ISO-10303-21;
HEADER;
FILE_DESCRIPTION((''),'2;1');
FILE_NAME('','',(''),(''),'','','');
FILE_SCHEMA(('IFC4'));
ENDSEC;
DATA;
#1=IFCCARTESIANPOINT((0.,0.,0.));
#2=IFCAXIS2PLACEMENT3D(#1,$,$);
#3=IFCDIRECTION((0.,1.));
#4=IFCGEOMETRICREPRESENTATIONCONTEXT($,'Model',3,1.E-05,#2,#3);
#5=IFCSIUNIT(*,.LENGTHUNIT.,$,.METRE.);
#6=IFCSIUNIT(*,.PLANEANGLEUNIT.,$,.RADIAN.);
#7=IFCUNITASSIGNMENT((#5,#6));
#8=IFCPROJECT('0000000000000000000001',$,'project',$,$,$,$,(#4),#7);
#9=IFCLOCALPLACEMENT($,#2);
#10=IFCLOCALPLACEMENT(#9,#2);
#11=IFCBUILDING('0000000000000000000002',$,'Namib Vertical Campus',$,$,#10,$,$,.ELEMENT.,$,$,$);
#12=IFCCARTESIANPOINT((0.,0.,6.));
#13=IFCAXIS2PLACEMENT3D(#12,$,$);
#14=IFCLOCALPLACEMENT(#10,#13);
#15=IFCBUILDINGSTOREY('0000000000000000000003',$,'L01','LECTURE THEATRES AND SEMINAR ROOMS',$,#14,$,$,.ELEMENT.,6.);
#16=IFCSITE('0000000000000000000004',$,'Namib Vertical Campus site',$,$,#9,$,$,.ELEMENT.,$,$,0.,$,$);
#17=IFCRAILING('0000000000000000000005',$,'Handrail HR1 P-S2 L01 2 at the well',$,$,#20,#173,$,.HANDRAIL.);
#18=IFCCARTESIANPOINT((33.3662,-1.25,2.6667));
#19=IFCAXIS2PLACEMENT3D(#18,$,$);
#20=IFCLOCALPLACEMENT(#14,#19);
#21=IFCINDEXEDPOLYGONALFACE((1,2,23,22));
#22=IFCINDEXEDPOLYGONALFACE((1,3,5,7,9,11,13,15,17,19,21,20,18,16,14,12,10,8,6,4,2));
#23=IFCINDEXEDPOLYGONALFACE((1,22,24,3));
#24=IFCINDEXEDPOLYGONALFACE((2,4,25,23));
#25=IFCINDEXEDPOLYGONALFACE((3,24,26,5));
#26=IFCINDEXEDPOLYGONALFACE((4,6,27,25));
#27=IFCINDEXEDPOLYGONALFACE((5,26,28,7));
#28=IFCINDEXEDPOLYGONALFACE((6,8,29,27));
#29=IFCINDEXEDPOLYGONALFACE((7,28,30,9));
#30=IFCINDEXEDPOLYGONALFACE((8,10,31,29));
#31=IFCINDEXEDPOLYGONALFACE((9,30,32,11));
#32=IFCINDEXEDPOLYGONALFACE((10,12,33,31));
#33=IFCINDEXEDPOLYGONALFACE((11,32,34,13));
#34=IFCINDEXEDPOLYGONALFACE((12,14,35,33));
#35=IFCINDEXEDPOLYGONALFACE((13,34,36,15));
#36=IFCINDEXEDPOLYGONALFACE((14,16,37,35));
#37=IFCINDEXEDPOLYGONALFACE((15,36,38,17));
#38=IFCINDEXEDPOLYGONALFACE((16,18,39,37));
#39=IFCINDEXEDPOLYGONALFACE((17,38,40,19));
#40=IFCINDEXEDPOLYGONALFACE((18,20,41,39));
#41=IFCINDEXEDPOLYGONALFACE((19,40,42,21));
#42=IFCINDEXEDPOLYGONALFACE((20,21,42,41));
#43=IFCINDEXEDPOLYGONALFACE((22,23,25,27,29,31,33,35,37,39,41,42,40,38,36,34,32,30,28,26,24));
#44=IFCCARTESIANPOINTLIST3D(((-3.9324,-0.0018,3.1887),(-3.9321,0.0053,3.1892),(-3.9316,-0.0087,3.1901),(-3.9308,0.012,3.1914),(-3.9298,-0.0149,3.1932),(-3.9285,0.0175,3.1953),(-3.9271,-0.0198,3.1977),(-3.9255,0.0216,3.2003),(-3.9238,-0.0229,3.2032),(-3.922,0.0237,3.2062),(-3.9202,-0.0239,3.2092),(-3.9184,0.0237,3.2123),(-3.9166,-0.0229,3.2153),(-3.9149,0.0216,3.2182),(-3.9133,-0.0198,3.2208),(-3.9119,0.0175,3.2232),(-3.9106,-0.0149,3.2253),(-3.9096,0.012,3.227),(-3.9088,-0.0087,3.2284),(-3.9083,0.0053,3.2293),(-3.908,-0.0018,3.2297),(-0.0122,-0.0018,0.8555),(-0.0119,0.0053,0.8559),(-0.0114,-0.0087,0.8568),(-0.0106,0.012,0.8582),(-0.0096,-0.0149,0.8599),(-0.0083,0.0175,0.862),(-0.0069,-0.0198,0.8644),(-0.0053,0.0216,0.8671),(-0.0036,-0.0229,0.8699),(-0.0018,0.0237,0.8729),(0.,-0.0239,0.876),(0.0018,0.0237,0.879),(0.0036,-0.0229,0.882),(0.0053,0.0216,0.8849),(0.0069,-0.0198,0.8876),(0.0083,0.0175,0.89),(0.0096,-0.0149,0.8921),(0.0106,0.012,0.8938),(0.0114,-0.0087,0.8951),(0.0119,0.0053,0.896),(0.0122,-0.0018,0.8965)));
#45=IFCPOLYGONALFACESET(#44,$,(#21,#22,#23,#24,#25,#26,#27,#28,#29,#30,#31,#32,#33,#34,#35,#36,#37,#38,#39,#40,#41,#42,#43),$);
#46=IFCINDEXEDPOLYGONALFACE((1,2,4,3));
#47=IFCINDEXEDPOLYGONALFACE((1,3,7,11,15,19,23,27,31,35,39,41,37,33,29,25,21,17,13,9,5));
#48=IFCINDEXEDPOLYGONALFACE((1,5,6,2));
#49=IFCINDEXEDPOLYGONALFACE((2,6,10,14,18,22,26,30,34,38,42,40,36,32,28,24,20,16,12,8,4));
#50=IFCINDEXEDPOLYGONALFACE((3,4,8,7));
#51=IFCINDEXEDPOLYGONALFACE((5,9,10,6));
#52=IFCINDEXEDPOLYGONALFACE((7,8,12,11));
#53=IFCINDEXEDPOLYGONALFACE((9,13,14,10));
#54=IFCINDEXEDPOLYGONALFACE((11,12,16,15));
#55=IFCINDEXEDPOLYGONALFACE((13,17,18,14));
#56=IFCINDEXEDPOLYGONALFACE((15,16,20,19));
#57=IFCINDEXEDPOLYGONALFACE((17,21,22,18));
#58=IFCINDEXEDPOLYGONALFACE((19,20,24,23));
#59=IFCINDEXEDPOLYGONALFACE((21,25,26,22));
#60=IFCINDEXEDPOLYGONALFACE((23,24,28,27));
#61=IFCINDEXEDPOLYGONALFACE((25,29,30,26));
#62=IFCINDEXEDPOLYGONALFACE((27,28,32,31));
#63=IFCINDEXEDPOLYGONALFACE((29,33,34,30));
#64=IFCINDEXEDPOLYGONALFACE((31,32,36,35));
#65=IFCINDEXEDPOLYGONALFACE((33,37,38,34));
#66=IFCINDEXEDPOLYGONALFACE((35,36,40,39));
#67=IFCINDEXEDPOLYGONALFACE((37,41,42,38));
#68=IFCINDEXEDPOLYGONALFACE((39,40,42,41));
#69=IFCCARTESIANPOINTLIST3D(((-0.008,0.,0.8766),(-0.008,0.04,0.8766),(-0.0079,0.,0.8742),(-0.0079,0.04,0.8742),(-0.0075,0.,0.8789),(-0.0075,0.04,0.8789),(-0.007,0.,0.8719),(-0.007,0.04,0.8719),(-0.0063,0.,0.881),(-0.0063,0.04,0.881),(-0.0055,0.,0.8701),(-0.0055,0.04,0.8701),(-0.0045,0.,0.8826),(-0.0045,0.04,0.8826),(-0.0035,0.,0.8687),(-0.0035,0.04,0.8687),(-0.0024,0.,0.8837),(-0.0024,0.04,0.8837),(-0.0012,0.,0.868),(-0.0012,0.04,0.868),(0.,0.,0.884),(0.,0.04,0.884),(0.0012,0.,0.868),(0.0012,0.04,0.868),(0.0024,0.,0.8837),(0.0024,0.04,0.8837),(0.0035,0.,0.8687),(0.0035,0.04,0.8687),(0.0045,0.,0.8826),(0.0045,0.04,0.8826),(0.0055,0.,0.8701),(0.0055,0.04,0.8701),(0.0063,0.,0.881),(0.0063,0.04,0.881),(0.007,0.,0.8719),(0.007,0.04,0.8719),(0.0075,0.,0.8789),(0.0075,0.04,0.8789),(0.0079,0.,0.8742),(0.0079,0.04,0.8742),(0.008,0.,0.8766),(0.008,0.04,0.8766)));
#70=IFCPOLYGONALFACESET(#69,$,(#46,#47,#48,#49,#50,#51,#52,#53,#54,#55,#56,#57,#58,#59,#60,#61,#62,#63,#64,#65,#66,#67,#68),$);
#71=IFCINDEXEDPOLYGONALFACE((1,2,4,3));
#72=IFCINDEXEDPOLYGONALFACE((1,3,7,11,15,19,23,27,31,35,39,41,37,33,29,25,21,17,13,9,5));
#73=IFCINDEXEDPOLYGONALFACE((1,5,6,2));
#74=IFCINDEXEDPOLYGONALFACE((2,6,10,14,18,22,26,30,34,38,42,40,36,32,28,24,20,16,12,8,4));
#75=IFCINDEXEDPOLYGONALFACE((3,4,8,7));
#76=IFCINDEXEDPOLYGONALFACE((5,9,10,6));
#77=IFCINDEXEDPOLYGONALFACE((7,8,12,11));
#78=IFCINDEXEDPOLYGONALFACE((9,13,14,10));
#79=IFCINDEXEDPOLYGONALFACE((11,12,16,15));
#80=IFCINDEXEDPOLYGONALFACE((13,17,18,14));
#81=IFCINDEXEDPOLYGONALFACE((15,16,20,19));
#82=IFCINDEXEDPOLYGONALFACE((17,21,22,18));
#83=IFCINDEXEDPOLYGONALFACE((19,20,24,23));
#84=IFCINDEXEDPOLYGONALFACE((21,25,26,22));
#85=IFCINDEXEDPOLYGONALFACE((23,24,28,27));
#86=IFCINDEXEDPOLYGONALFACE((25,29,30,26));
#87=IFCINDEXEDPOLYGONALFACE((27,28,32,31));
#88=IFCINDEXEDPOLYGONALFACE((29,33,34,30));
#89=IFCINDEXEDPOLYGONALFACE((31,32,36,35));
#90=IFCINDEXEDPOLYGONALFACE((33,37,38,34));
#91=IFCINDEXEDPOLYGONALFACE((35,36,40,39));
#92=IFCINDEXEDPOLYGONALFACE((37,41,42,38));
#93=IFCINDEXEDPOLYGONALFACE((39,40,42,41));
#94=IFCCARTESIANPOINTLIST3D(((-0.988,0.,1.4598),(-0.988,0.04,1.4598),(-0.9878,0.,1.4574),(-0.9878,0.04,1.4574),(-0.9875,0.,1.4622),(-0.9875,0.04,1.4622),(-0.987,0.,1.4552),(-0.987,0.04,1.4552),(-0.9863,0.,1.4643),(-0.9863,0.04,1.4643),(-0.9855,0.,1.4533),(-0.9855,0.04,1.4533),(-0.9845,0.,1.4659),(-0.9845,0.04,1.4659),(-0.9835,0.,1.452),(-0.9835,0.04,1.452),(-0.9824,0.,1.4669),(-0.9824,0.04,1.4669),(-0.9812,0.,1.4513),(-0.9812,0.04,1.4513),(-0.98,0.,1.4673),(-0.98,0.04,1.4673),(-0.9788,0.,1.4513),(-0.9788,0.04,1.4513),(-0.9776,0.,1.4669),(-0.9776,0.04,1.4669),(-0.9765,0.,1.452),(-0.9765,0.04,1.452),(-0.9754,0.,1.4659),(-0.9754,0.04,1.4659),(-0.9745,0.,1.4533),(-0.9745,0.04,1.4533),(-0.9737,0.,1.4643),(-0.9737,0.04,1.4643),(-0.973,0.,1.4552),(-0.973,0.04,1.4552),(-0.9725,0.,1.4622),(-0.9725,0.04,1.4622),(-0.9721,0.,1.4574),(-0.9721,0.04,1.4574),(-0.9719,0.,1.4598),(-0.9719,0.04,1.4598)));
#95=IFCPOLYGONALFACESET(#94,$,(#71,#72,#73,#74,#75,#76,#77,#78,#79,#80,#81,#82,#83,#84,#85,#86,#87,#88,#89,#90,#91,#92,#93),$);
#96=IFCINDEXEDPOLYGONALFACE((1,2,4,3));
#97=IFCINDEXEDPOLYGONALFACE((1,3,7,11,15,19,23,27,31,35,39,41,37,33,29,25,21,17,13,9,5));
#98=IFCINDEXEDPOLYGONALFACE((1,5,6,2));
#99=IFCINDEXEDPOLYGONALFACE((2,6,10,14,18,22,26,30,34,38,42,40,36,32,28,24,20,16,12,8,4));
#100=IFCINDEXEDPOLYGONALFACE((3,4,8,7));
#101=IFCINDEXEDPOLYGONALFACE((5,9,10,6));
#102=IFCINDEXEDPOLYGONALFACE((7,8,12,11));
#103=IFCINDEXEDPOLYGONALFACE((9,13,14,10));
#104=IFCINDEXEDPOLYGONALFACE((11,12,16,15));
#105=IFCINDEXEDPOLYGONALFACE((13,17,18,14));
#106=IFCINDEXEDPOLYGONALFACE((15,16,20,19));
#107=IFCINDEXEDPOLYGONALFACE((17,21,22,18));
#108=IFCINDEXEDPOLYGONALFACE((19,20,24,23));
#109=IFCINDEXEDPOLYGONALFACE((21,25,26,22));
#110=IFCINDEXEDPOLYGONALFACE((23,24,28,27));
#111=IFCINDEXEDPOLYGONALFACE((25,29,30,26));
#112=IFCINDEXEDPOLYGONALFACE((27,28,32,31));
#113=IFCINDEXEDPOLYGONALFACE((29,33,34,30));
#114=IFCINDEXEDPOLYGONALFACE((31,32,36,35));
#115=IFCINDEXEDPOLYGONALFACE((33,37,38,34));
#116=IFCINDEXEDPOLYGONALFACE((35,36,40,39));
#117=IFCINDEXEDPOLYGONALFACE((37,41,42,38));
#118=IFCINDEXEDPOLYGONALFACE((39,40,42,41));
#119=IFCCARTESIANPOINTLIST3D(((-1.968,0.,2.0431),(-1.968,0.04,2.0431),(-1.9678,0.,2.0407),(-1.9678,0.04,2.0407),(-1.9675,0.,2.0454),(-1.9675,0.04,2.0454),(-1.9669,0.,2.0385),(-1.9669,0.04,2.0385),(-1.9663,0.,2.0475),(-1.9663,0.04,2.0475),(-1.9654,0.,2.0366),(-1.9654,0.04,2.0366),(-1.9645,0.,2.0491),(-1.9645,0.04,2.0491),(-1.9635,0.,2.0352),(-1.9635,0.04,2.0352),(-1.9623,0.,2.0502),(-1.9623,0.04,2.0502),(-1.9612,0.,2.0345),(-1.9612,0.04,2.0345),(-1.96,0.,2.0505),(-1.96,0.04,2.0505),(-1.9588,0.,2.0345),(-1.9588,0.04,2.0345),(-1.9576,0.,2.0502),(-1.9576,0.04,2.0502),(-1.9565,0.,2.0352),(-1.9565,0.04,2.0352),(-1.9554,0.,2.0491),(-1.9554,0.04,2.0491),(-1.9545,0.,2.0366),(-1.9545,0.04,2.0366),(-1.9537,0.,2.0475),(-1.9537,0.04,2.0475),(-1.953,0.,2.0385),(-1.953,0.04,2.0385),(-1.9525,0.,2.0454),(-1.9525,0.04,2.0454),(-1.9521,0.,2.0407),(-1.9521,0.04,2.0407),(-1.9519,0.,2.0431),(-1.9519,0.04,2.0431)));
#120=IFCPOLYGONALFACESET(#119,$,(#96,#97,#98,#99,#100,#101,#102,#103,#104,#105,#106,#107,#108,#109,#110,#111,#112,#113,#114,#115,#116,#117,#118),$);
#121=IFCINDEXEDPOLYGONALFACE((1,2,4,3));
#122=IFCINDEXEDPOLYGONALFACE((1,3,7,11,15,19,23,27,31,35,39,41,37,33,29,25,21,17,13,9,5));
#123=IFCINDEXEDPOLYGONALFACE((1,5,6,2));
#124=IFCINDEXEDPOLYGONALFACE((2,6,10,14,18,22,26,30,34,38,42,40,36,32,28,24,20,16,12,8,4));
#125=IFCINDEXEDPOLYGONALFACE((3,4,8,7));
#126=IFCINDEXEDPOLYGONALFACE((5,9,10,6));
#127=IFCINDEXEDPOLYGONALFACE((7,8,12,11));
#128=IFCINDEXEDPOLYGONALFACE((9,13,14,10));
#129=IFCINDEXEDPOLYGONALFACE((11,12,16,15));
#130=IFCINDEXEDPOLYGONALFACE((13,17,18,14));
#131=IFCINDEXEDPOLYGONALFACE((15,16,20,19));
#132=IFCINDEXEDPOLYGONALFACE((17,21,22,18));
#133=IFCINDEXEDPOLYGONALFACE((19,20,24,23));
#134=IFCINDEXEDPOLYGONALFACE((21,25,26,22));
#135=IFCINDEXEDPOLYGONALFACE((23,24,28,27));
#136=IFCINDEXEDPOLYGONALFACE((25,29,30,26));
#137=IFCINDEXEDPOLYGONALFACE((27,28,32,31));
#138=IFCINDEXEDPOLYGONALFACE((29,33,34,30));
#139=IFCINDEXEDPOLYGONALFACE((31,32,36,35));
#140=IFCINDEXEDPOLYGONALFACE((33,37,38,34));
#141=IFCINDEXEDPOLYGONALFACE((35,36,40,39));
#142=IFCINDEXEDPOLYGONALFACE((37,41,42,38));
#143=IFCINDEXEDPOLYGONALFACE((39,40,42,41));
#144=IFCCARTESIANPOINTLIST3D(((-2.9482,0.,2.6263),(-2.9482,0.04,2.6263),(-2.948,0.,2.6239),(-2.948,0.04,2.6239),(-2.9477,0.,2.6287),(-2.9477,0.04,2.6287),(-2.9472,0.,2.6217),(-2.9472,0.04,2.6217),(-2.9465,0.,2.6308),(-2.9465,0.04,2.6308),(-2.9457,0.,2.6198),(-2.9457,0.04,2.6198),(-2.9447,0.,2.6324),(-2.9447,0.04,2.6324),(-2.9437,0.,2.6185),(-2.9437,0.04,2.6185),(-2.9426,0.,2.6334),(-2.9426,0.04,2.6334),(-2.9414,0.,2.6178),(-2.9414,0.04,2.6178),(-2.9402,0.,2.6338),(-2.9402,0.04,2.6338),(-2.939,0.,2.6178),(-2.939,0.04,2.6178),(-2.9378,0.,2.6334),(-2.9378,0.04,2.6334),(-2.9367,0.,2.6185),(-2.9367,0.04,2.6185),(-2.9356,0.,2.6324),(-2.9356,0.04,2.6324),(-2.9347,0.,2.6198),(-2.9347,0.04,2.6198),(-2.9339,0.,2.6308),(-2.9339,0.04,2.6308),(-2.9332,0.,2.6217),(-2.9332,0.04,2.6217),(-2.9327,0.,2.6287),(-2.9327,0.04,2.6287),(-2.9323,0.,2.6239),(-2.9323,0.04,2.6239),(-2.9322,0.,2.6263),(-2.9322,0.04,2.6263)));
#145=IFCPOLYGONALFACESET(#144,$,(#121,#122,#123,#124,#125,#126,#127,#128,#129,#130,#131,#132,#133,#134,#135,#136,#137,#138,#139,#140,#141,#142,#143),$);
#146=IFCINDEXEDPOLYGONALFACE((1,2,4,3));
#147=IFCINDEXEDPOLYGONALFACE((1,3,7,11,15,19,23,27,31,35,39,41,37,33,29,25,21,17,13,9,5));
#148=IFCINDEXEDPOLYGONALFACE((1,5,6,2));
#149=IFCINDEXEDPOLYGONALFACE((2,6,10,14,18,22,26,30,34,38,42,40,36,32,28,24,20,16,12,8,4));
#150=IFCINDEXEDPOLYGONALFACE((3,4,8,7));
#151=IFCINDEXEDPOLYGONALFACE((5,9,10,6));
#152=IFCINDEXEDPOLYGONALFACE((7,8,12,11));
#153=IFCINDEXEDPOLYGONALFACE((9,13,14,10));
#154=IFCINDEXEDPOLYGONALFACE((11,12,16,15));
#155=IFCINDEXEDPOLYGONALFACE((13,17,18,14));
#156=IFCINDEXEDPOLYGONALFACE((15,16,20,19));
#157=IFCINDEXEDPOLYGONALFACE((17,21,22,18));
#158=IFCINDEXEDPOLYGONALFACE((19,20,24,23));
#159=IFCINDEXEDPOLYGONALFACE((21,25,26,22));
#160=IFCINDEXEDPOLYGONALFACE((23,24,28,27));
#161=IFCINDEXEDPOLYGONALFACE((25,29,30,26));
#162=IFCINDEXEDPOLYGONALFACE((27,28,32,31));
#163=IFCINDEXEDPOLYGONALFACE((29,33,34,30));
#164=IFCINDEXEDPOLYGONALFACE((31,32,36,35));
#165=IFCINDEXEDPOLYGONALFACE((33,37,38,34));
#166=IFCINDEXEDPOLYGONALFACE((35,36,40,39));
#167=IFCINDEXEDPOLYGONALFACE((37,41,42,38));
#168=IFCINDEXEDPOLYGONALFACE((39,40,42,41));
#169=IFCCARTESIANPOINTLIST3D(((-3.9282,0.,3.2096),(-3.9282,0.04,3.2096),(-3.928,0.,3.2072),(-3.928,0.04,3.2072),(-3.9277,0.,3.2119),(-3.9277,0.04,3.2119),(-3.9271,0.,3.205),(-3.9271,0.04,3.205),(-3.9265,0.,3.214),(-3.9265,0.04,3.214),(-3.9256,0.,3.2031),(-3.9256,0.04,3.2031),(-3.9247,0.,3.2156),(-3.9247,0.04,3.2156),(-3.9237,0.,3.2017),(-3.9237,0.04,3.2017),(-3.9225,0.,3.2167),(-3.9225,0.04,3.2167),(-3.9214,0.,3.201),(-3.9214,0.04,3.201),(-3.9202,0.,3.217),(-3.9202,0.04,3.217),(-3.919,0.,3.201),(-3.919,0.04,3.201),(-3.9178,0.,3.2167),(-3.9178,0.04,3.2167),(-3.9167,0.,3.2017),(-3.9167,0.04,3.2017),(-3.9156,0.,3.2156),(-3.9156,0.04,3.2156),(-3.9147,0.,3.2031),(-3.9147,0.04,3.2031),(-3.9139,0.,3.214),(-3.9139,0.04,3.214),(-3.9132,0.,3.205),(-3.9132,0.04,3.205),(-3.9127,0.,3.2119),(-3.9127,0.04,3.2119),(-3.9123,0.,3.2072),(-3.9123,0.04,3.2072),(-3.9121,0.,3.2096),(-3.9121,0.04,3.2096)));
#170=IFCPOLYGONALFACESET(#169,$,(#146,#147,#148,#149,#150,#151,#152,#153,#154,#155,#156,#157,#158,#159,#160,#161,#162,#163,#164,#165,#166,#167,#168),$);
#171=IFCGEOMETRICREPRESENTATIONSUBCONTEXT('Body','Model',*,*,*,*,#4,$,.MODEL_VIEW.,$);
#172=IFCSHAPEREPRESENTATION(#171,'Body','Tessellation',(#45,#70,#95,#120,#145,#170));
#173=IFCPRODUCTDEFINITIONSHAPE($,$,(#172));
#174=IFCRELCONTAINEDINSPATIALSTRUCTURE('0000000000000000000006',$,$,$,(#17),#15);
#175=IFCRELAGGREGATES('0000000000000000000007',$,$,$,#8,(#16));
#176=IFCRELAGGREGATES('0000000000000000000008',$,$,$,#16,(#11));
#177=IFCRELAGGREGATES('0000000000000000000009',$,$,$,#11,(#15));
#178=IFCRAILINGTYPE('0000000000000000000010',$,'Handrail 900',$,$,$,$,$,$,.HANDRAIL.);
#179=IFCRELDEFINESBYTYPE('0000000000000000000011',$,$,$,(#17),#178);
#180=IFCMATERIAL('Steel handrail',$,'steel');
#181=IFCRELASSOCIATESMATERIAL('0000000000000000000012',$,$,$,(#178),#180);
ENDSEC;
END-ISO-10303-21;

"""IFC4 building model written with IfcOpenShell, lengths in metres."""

from ifc_helpers import new_model, si_unit, direction, frame, origin, origin_2d, place, context, subcontext, project, spatial, circle, extrude, material, type_object, element, save


model = new_model("IFC4")

# Units and contexts
model_context = context("Model", 3, precision=1e-05, world=origin(), true_north=direction((0.0, 1.0)))
body_context = subcontext(model_context, "Body", "Model", "MODEL_VIEW")
ifc_project = project(units=[si_unit("LENGTHUNIT", "METRE"), si_unit("PLANEANGLEUNIT", "RADIAN")], contexts=[model_context])

# Site, building, storey
site_placement = place(None, origin())
site = spatial("IfcSite", under=ifc_project, at=site_placement, Name="Namib Vertical Campus site", CompositionType="ELEMENT", RefElevation=0.0)
building_placement = place(site_placement, origin())
building = spatial("IfcBuilding", under=site, at=building_placement, Name="Namib Vertical Campus", CompositionType="ELEMENT")
storey_placement = place(building_placement, frame((0.0, 0.0, 6.0)))
storey = spatial("IfcBuildingStorey", under=building, at=storey_placement, Name="L01", Description="LECTURE THEATRES AND SEMINAR ROOMS", CompositionType="ELEMENT", Elevation=6.0)

# Railing
ifc_material_1 = material(Name="Steel handrail", Category="steel")
railing_type = type_object("IfcRailingType", Name="Handrail 900", PredefinedType="HANDRAIL", material=ifc_material_1)
railing_1_placement = place(storey_placement, frame((33.3662, -1.25, 2.6667)))
element("IfcRailing", 1, at=railing_1_placement, inside=storey, type_object=railing_type, Name="Handrail HR1 P-S2 L01 2 at the well", PredefinedType="HANDRAIL", context=body_context, shape_type="SweptSolid", body=[
    extrude(circle(Radius=0.0239, at=origin_2d()), frame((0.0, 0.0, 0.876), z_axis=(-0.85931, 0.0, 0.511455), x_axis=(0.0, -1.0, 0.0)), (0.0, 0.0, 1.0), 4.562),
    extrude(circle(Radius=0.0081, at=origin_2d()), frame((0.0, 0.0, 0.876), z_axis=(0.0, 1.0, 0.0), x_axis=(0.0, 0.0, 1.0)), (0.0, 0.0, 1.0), 0.04),
    extrude(circle(Radius=0.0081, at=origin_2d()), frame((-0.98, 0.0, 1.4592), z_axis=(0.0, 1.0, 0.0), x_axis=(0.0, 0.0, 1.0)), (0.0, 0.0, 1.0), 0.04),
    extrude(circle(Radius=0.0081, at=origin_2d()), frame((-1.96, 0.0, 2.0425), z_axis=(0.0, 1.0, 0.0), x_axis=(0.0, 0.0, 1.0)), (0.0, 0.0, 1.0), 0.04),
    extrude(circle(Radius=0.0081, at=origin_2d()), frame((-2.9402, 0.0, 2.6257), z_axis=(0.0, 1.0, 0.0), x_axis=(0.0, 0.0, 1.0)), (0.0, 0.0, 1.0), 0.04),
    extrude(circle(Radius=0.0081, at=origin_2d()), frame((-3.9202, 0.0, 3.209), z_axis=(0.0, 1.0, 0.0), x_axis=(0.0, 0.0, 1.0)), (0.0, 0.0, 1.0), 0.04),
])

save(model, "model.ifc")
